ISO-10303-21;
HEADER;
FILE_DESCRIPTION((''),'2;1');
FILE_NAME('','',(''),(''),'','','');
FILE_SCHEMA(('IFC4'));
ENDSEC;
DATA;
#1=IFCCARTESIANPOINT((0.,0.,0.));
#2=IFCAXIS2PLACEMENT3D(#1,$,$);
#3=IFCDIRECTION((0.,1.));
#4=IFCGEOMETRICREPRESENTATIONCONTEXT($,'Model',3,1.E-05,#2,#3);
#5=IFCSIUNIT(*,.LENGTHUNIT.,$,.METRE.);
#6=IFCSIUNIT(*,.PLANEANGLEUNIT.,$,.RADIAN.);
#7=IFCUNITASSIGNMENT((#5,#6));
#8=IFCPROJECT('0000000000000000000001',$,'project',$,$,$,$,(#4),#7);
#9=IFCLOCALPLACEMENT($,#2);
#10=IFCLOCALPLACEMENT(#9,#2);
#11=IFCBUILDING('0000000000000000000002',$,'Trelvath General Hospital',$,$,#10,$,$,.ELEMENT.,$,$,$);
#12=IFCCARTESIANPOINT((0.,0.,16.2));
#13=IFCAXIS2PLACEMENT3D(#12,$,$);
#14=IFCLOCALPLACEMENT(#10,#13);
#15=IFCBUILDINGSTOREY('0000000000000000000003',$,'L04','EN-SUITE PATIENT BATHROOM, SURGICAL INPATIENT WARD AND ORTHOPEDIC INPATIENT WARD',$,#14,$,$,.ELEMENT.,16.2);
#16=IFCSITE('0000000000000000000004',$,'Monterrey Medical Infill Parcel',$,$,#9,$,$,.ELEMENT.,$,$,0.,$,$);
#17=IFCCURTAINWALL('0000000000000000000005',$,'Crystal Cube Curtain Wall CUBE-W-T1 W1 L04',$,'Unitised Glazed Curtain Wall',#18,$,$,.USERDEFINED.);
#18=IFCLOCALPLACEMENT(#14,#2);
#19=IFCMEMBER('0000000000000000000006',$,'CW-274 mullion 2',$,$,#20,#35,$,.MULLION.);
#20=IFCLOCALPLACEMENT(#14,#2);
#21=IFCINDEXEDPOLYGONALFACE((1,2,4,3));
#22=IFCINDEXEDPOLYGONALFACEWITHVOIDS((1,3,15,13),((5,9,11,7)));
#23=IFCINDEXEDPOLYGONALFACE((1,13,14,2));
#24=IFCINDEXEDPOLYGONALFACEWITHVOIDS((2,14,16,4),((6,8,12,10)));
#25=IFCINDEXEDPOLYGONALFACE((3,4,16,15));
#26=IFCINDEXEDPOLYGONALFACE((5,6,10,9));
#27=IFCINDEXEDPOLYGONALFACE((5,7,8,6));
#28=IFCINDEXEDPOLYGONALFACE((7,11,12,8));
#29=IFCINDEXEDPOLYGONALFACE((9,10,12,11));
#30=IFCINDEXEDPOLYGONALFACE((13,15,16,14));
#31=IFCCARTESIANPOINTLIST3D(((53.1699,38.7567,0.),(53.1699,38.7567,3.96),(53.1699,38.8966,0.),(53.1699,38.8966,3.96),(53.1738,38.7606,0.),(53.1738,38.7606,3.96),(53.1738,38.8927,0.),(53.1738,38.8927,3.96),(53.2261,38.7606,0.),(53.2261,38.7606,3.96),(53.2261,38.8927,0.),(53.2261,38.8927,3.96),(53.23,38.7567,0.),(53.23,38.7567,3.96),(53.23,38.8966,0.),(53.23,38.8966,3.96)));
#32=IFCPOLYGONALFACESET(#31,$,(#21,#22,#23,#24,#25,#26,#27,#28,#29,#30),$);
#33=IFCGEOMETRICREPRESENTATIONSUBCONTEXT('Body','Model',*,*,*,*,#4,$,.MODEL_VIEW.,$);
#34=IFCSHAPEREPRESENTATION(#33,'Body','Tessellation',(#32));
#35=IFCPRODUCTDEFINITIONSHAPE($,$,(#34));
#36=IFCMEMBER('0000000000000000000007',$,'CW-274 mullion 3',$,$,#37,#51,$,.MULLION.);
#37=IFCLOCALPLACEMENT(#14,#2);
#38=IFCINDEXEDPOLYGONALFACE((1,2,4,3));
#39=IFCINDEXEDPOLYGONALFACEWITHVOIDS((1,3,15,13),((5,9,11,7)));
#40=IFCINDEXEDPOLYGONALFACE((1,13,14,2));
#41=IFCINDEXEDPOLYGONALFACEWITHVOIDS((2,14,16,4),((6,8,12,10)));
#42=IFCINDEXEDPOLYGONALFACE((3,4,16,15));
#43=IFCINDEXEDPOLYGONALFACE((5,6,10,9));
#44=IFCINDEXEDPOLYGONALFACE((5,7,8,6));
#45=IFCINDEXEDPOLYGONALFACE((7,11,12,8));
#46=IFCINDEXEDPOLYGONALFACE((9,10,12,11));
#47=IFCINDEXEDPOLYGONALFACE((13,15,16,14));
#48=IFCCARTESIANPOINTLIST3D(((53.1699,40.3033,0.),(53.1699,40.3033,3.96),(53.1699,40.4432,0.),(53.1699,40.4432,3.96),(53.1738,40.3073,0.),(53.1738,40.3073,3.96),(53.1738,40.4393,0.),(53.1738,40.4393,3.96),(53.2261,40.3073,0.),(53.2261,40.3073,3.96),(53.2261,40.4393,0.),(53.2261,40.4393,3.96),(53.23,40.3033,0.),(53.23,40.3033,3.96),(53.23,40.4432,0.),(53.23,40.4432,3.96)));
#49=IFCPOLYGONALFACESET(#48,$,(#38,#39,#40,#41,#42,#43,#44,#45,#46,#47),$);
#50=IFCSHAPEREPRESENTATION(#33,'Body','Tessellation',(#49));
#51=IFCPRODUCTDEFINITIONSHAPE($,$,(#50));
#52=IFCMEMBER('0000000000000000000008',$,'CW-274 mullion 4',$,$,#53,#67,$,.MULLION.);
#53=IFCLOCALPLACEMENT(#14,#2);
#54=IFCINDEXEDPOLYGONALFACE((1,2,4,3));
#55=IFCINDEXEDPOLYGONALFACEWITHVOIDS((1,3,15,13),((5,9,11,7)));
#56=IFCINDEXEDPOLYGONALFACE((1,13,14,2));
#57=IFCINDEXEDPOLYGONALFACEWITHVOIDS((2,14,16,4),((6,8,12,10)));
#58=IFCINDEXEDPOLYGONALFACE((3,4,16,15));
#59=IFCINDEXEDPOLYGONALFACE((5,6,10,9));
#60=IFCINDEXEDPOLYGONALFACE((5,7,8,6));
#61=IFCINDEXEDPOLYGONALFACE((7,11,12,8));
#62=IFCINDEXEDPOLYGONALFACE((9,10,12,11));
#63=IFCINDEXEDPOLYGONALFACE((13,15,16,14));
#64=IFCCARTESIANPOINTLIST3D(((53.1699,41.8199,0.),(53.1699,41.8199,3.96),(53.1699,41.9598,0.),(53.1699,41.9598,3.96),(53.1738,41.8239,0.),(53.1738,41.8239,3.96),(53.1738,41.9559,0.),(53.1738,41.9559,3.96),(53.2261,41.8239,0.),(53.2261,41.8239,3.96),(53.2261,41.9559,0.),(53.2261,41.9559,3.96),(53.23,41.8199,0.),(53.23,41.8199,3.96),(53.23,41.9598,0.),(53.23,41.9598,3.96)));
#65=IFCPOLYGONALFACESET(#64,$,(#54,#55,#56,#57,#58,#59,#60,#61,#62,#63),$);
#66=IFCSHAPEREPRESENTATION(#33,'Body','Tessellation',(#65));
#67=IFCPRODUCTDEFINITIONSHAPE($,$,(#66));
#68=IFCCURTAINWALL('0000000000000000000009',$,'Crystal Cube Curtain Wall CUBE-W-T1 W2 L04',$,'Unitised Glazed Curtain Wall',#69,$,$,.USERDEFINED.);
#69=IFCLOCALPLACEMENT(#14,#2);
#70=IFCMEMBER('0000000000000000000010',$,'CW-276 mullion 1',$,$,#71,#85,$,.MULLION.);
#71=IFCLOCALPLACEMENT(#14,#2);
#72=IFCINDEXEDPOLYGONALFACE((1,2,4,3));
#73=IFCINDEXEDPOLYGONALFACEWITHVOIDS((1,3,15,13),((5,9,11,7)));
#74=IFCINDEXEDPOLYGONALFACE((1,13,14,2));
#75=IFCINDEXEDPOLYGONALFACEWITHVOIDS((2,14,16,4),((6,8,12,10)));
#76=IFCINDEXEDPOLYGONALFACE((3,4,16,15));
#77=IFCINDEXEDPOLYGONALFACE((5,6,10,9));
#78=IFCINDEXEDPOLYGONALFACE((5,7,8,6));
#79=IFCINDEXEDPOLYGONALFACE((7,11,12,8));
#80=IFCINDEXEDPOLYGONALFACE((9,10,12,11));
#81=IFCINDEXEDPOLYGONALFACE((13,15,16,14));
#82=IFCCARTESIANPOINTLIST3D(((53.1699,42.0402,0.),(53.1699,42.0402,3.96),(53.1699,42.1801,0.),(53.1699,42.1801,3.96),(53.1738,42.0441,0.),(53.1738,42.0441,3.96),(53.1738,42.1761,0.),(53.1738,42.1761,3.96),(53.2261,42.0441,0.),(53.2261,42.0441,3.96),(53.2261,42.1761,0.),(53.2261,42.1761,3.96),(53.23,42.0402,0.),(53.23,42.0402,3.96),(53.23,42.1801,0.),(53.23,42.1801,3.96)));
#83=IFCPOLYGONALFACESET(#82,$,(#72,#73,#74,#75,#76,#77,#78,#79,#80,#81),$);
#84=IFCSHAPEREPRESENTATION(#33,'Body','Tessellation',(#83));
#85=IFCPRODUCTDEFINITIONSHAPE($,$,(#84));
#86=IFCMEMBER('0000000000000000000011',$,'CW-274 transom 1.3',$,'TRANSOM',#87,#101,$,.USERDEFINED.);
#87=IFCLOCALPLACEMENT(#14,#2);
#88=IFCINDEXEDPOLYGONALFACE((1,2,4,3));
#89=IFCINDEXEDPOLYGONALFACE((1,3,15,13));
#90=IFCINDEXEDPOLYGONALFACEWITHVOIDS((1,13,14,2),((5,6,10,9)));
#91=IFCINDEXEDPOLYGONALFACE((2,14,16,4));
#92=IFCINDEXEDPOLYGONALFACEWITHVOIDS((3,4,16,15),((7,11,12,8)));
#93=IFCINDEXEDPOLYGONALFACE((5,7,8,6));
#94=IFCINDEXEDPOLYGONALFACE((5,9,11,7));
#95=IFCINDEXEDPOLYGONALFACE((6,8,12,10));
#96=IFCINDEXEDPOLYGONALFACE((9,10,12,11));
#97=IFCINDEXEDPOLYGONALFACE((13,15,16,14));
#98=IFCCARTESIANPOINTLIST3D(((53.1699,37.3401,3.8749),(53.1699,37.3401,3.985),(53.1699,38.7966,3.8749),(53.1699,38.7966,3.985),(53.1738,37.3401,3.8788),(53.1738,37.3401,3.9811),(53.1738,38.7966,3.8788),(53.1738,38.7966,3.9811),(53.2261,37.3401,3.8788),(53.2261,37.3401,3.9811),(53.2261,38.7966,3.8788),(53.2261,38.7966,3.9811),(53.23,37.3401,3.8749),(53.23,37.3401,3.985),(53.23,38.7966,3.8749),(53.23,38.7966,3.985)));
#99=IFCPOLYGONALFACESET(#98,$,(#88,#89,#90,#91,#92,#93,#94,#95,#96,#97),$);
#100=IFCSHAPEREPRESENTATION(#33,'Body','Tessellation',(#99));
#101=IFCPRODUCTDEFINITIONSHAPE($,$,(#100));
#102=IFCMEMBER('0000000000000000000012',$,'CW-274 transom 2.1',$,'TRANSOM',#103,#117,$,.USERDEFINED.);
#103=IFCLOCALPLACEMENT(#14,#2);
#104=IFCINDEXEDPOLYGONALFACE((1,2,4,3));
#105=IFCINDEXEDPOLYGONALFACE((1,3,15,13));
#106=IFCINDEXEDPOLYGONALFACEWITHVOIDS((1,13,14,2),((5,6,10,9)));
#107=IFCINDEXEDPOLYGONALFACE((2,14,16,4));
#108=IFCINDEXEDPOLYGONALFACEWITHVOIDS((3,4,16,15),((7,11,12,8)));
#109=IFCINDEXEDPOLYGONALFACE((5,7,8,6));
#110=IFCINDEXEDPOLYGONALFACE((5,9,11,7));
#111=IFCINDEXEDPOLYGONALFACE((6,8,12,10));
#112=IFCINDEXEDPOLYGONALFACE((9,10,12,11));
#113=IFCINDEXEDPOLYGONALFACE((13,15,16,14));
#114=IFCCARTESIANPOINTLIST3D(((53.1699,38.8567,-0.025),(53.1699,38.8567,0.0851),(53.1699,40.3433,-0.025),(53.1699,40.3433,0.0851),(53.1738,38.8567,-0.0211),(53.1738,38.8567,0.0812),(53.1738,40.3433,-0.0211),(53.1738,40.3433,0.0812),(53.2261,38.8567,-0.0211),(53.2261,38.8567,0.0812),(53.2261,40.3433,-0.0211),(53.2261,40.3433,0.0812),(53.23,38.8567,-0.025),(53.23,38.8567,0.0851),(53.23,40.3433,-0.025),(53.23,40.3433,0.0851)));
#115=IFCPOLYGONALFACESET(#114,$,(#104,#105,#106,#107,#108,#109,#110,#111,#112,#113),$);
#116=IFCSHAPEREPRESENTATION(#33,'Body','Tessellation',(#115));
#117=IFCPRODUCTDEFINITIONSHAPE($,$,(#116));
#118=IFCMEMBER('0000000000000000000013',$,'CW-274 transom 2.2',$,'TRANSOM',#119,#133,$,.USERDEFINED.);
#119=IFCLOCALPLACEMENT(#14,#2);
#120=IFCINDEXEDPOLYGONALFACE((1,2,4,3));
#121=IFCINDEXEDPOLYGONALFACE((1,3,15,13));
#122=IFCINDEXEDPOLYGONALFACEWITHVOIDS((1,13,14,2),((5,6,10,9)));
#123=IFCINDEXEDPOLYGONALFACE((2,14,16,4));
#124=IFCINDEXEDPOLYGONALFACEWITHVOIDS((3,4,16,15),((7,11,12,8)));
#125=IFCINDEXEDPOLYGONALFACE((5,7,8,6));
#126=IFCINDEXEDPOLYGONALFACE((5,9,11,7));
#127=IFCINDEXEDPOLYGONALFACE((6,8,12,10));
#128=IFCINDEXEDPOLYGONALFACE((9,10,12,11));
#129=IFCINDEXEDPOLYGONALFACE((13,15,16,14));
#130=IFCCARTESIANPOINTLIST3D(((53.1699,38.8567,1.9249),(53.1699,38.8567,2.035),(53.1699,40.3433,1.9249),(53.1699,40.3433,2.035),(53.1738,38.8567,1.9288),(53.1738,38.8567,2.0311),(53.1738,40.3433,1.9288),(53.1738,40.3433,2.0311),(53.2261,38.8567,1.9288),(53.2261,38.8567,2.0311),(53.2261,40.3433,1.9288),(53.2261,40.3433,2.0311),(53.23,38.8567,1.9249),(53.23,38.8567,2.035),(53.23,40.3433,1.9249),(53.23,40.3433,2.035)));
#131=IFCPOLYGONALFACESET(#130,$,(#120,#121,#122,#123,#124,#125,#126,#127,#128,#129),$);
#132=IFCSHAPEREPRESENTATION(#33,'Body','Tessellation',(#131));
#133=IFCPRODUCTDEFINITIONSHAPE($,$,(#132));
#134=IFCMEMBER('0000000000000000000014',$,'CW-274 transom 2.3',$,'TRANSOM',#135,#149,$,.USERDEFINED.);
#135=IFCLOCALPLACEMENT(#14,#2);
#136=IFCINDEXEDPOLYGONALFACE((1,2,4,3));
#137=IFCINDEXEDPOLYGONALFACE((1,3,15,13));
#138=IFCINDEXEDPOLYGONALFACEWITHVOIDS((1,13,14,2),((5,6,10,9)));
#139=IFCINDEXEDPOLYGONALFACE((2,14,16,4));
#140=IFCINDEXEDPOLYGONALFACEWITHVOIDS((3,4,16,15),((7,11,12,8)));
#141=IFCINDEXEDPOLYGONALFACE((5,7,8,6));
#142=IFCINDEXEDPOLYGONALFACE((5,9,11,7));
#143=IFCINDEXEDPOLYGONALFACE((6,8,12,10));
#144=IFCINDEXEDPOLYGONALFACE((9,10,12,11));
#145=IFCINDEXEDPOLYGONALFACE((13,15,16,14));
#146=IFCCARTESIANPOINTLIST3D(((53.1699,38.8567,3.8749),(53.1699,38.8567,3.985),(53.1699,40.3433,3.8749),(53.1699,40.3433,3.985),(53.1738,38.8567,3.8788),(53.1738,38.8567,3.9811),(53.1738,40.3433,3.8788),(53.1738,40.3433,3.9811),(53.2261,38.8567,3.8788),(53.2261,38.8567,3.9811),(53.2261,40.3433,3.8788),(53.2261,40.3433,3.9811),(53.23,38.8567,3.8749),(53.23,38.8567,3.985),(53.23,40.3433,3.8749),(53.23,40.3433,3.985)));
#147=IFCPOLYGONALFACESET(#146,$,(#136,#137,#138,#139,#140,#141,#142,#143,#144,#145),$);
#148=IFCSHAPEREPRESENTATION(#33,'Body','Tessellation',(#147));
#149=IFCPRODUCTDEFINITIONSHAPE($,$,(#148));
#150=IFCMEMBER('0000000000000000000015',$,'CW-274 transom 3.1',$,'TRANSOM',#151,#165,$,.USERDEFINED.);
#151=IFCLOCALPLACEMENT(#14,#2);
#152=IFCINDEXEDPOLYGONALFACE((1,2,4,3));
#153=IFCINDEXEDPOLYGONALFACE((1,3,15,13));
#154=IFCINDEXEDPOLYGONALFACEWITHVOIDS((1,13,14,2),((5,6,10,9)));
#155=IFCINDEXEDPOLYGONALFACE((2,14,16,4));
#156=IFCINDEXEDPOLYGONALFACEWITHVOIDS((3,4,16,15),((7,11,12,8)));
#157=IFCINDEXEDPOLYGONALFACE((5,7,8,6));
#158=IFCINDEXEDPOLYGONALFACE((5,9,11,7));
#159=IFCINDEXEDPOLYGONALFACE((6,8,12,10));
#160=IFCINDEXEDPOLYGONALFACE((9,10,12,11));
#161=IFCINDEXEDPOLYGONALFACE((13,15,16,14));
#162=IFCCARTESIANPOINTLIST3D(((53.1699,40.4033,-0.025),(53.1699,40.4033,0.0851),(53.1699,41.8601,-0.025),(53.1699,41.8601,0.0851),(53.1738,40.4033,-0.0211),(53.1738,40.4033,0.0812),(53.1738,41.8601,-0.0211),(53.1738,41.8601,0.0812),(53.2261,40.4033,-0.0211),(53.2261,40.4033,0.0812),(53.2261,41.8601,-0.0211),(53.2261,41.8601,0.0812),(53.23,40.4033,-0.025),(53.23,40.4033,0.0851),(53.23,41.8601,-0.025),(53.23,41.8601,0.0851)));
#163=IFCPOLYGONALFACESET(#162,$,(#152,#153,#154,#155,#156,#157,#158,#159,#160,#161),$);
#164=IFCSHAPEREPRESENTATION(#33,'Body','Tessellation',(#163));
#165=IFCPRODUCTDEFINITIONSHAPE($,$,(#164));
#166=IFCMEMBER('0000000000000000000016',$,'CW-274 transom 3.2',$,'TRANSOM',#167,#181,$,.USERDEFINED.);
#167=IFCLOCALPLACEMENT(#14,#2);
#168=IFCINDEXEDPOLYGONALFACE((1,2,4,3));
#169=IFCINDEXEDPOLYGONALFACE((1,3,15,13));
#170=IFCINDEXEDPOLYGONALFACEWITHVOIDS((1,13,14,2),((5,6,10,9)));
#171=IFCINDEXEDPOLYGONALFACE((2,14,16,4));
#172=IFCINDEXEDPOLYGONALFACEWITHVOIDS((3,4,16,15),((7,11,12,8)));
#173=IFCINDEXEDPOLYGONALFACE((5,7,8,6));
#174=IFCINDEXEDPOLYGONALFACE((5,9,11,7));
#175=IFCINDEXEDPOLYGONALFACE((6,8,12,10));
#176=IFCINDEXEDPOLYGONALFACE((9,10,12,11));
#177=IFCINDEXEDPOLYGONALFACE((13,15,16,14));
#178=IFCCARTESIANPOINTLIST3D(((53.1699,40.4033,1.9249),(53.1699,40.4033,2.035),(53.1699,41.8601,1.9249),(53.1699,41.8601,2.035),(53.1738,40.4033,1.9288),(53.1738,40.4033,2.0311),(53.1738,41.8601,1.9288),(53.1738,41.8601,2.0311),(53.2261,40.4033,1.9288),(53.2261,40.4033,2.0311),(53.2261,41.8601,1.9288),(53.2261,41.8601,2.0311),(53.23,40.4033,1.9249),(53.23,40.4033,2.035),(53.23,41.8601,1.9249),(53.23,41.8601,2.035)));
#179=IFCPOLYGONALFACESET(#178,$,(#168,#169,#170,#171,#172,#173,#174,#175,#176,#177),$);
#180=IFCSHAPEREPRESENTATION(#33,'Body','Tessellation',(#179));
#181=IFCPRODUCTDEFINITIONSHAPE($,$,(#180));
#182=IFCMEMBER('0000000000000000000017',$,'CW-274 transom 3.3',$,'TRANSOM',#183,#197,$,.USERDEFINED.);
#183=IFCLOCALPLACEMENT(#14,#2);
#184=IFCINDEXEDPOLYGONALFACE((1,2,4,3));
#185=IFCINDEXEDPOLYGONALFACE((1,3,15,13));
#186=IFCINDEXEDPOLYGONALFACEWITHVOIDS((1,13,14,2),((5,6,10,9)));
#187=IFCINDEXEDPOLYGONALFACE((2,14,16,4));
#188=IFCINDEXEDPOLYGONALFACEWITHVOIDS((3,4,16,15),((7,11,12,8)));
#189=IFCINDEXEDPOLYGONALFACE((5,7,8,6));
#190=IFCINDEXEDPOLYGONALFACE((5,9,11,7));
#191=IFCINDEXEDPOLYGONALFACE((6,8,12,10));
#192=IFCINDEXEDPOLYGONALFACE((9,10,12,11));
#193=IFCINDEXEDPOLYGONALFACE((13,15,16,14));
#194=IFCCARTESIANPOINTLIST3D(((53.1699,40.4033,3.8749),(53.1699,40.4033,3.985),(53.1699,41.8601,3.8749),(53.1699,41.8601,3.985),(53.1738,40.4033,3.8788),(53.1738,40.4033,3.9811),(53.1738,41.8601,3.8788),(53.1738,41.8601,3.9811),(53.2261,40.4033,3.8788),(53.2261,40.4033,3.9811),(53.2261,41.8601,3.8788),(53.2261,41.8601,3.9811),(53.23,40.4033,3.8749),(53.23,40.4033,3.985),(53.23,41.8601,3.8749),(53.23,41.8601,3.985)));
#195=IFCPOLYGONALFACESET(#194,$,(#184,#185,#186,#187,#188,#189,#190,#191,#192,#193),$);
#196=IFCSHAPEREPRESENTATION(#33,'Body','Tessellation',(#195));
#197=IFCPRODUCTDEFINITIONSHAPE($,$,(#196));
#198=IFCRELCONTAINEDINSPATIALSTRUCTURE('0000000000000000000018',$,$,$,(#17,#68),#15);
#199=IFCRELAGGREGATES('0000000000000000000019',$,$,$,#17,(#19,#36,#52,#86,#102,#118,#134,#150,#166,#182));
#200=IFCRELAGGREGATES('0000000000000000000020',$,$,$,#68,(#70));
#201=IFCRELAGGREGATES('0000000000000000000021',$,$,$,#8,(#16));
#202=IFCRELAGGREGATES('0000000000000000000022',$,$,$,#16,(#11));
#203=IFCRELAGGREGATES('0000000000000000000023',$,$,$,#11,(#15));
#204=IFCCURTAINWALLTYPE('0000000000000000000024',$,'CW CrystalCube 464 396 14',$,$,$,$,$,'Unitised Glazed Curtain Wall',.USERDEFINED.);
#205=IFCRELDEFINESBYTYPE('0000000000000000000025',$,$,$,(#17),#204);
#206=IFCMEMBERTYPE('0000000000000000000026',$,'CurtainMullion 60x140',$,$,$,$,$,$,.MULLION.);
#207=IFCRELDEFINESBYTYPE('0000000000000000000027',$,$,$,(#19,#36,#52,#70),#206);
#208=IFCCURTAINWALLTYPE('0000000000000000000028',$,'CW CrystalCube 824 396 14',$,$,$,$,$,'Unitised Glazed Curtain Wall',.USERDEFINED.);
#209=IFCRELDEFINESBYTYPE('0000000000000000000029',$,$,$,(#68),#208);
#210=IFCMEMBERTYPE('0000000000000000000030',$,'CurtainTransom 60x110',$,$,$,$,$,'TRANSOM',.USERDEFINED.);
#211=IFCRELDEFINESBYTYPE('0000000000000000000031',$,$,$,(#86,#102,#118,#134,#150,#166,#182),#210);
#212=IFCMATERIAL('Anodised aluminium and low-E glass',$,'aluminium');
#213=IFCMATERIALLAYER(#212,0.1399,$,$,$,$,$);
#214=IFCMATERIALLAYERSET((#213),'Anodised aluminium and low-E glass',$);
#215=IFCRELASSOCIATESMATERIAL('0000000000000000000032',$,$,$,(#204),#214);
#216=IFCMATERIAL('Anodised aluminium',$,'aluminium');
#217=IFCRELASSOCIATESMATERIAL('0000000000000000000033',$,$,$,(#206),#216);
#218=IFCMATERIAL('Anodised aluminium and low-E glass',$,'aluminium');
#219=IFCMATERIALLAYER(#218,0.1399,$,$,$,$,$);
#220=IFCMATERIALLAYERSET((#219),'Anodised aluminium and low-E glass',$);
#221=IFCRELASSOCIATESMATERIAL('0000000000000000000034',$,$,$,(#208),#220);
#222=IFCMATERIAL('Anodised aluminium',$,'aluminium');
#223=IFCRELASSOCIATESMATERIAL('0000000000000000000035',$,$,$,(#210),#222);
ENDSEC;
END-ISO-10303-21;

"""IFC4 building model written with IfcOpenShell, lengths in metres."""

from ifc_helpers import new_model, si_unit, direction, frame, origin, origin_2d, place, context, subcontext, project, spatial, hollow_rectangle, extrude, material, layer, layer_set, material_profile, profile_set, type_object, element, aggregate, save


model = new_model("IFC4")

# Units and contexts
model_context = context("Model", 3, precision=1e-05, world=origin(), true_north=direction((0.0, 1.0)))
body_context = subcontext(model_context, "Body", "Model", "MODEL_VIEW")
ifc_project = project(units=[si_unit("LENGTHUNIT", "METRE"), si_unit("PLANEANGLEUNIT", "RADIAN")], contexts=[model_context])

# Site, building, storey
site_placement = place(None, origin())
site = spatial("IfcSite", under=ifc_project, at=site_placement, Name="Monterrey Medical Infill Parcel", CompositionType="ELEMENT", RefElevation=0.0)
building_placement = place(site_placement, origin())
building = spatial("IfcBuilding", under=site, at=building_placement, Name="Trelvath General Hospital", CompositionType="ELEMENT")
storey_placement = place(building_placement, frame((0.0, 0.0, 16.2)))
storey = spatial("IfcBuildingStorey", under=building, at=storey_placement, Name="L04", Description="EN-SUITE PATIENT BATHROOM, SURGICAL INPATIENT WARD AND ORTHOPEDIC INPATIENT WARD", CompositionType="ELEMENT", Elevation=16.2)

# Curtain wall, members
ifc_material_1 = material(Name="Anodised aluminium and low-E glass", Category="aluminium")
ifc_layer_1 = layer(ifc_material_1, 0.1399)
ifc_layer_set_1 = layer_set([ifc_layer_1], Name="Anodised aluminium and low-E glass")
curtain_wall_type_1 = type_object("IfcCurtainWallType", Name="CW CrystalCube 464 396 14", ElementType="Unitised Glazed Curtain Wall", PredefinedType="USERDEFINED", material=ifc_layer_set_1)
curtain_wall_1_placement = place(storey_placement, origin())
curtain_wall_1 = element("IfcCurtainWall", 1, at=curtain_wall_1_placement, inside=storey, type_object=curtain_wall_type_1, Name="Crystal Cube Curtain Wall CUBE-W-T1 W1 L04", ObjectType="Unitised Glazed Curtain Wall", PredefinedType="USERDEFINED")
ifc_material_2 = material(Name="Anodised aluminium", Category="aluminium")
ifc_material_profile_1 = material_profile(ifc_material_2, hollow_rectangle(XDim=0.0601, YDim=0.1399, WallThickness=0.0039, at=origin_2d()), Name="RHS60x140x4")
ifc_profile_set_1 = profile_set([ifc_material_profile_1], Name="Anodised aluminium")
member_type_1 = type_object("IfcMemberType", Name="CurtainMullion 60x140", PredefinedType="MULLION", material=ifc_profile_set_1)
member_1_placement = place(storey_placement, frame((53.2, 38.8267, 0.0), z_axis=(0.0, 0.0, 1.0), x_axis=(-1.0, 0.0, 0.0)))
member_1 = element("IfcMember", 2, at=member_1_placement, type_object=member_type_1, Name="CW-274 mullion 2", PredefinedType="MULLION", context=body_context, shape_type="SweptSolid", body=[
    extrude(hollow_rectangle(XDim=0.0601, YDim=0.1399, WallThickness=0.0039, at=origin_2d()), origin(), (0.0, 0.0, 1.0), 3.96),
])
member_2_placement = place(storey_placement, frame((53.2, 40.3733, 0.0), z_axis=(0.0, 0.0, 1.0), x_axis=(-1.0, 0.0, 0.0)))
member_2 = element("IfcMember", 3, at=member_2_placement, type_object=member_type_1, Name="CW-274 mullion 3", PredefinedType="MULLION", context=body_context, shape_type="SweptSolid", body=[
    extrude(hollow_rectangle(XDim=0.0601, YDim=0.1399, WallThickness=0.0039, at=origin_2d()), origin(), (0.0, 0.0, 1.0), 3.96),
])
member_3_placement = place(storey_placement, frame((53.2, 41.8899, 0.0), z_axis=(0.0, 0.0, 1.0), x_axis=(-1.0, 0.0, 0.0)))
member_3 = element("IfcMember", 4, at=member_3_placement, type_object=member_type_1, Name="CW-274 mullion 4", PredefinedType="MULLION", context=body_context, shape_type="SweptSolid", body=[
    extrude(hollow_rectangle(XDim=0.0601, YDim=0.1399, WallThickness=0.0039, at=origin_2d()), origin(), (0.0, 0.0, 1.0), 3.96),
])

# Curtain wall, member
ifc_material_3 = material(Name="Anodised aluminium and low-E glass", Category="aluminium")
ifc_layer_2 = layer(ifc_material_3, 0.1399)
ifc_layer_set_2 = layer_set([ifc_layer_2], Name="Anodised aluminium and low-E glass")
curtain_wall_type_2 = type_object("IfcCurtainWallType", Name="CW CrystalCube 824 396 14", ElementType="Unitised Glazed Curtain Wall", PredefinedType="USERDEFINED", material=ifc_layer_set_2)
curtain_wall_2_placement = place(storey_placement, origin())
curtain_wall_2 = element("IfcCurtainWall", 5, at=curtain_wall_2_placement, inside=storey, type_object=curtain_wall_type_2, Name="Crystal Cube Curtain Wall CUBE-W-T1 W2 L04", ObjectType="Unitised Glazed Curtain Wall", PredefinedType="USERDEFINED")
member_4_placement = place(storey_placement, frame((53.2, 42.1101, 0.0), z_axis=(0.0, 0.0, 1.0), x_axis=(-1.0, 0.0, 0.0)))
member_4 = element("IfcMember", 6, at=member_4_placement, type_object=member_type_1, Name="CW-276 mullion 1", PredefinedType="MULLION", context=body_context, shape_type="SweptSolid", body=[
    extrude(hollow_rectangle(XDim=0.0601, YDim=0.1399, WallThickness=0.0039, at=origin_2d()), origin(), (0.0, 0.0, 1.0), 3.96),
])

# Members
ifc_material_4 = material(Name="Anodised aluminium", Category="aluminium")
ifc_material_profile_2 = material_profile(ifc_material_4, hollow_rectangle(XDim=0.0601, YDim=0.1101, WallThickness=0.0039, at=origin_2d()), Name="RHS60x110x4")
ifc_profile_set_2 = profile_set([ifc_material_profile_2], Name="Anodised aluminium")
member_type_2 = type_object("IfcMemberType", Name="CurtainTransom 60x110", ElementType="TRANSOM", PredefinedType="USERDEFINED", material=ifc_profile_set_2)
member_5_placement = place(storey_placement, frame((53.2, 37.3401, 3.9299), z_axis=(0.0, 1.0, 0.0), x_axis=(-1.0, 0.0, 0.0)))
member_5 = element("IfcMember", 7, at=member_5_placement, type_object=member_type_2, Name="CW-274 transom 1.3", ObjectType="TRANSOM", PredefinedType="USERDEFINED", context=body_context, shape_type="SweptSolid", body=[
    extrude(hollow_rectangle(XDim=0.0601, YDim=0.1101, WallThickness=0.0039, at=origin_2d()), origin(), (0.0, 0.0, 1.0), 1.4565),
])
member_6_placement = place(storey_placement, frame((53.2, 38.8567, 0.03), z_axis=(0.0, 1.0, 0.0), x_axis=(-1.0, 0.0, 0.0)))
member_6 = element("IfcMember", 8, at=member_6_placement, type_object=member_type_2, Name="CW-274 transom 2.1", ObjectType="TRANSOM", PredefinedType="USERDEFINED", context=body_context, shape_type="SweptSolid", body=[
    extrude(hollow_rectangle(XDim=0.0601, YDim=0.1101, WallThickness=0.0039, at=origin_2d()), origin(), (0.0, 0.0, 1.0), 1.4866),
])
member_7_placement = place(storey_placement, frame((53.2, 38.8567, 1.98), z_axis=(0.0, 1.0, 0.0), x_axis=(-1.0, 0.0, 0.0)))
member_7 = element("IfcMember", 9, at=member_7_placement, type_object=member_type_2, Name="CW-274 transom 2.2", ObjectType="TRANSOM", PredefinedType="USERDEFINED", context=body_context, shape_type="SweptSolid", body=[
    extrude(hollow_rectangle(XDim=0.0601, YDim=0.1101, WallThickness=0.0039, at=origin_2d()), origin(), (0.0, 0.0, 1.0), 1.4866),
])
member_8_placement = place(storey_placement, frame((53.2, 38.8567, 3.9299), z_axis=(0.0, 1.0, 0.0), x_axis=(-1.0, 0.0, 0.0)))
member_8 = element("IfcMember", 10, at=member_8_placement, type_object=member_type_2, Name="CW-274 transom 2.3", ObjectType="TRANSOM", PredefinedType="USERDEFINED", context=body_context, shape_type="SweptSolid", body=[
    extrude(hollow_rectangle(XDim=0.0601, YDim=0.1101, WallThickness=0.0039, at=origin_2d()), origin(), (0.0, 0.0, 1.0), 1.4866),
])
member_9_placement = place(storey_placement, frame((53.2, 40.4033, 0.03), z_axis=(0.0, 1.0, 0.0), x_axis=(-1.0, 0.0, 0.0)))
member_9 = element("IfcMember", 11, at=member_9_placement, type_object=member_type_2, Name="CW-274 transom 3.1", ObjectType="TRANSOM", PredefinedType="USERDEFINED", context=body_context, shape_type="SweptSolid", body=[
    extrude(hollow_rectangle(XDim=0.0601, YDim=0.1101, WallThickness=0.0039, at=origin_2d()), origin(), (0.0, 0.0, 1.0), 1.4568),
])
member_10_placement = place(storey_placement, frame((53.2, 40.4033, 1.98), z_axis=(0.0, 1.0, 0.0), x_axis=(-1.0, 0.0, 0.0)))
member_10 = element("IfcMember", 12, at=member_10_placement, type_object=member_type_2, Name="CW-274 transom 3.2", ObjectType="TRANSOM", PredefinedType="USERDEFINED", context=body_context, shape_type="SweptSolid", body=[
    extrude(hollow_rectangle(XDim=0.0601, YDim=0.1101, WallThickness=0.0039, at=origin_2d()), origin(), (0.0, 0.0, 1.0), 1.4568),
])
member_11_placement = place(storey_placement, frame((53.2, 40.4033, 3.9299), z_axis=(0.0, 1.0, 0.0), x_axis=(-1.0, 0.0, 0.0)))
member_11 = element("IfcMember", 13, at=member_11_placement, type_object=member_type_2, Name="CW-274 transom 3.3", ObjectType="TRANSOM", PredefinedType="USERDEFINED", context=body_context, shape_type="SweptSolid", body=[
    extrude(hollow_rectangle(XDim=0.0601, YDim=0.1101, WallThickness=0.0039, at=origin_2d()), origin(), (0.0, 0.0, 1.0), 1.4568),
])

aggregate(curtain_wall_1, [member_1, member_2, member_3, member_5, member_6, member_7, member_8, member_9, member_10, member_11])
aggregate(curtain_wall_2, [member_4])

save(model, "model.ifc")
